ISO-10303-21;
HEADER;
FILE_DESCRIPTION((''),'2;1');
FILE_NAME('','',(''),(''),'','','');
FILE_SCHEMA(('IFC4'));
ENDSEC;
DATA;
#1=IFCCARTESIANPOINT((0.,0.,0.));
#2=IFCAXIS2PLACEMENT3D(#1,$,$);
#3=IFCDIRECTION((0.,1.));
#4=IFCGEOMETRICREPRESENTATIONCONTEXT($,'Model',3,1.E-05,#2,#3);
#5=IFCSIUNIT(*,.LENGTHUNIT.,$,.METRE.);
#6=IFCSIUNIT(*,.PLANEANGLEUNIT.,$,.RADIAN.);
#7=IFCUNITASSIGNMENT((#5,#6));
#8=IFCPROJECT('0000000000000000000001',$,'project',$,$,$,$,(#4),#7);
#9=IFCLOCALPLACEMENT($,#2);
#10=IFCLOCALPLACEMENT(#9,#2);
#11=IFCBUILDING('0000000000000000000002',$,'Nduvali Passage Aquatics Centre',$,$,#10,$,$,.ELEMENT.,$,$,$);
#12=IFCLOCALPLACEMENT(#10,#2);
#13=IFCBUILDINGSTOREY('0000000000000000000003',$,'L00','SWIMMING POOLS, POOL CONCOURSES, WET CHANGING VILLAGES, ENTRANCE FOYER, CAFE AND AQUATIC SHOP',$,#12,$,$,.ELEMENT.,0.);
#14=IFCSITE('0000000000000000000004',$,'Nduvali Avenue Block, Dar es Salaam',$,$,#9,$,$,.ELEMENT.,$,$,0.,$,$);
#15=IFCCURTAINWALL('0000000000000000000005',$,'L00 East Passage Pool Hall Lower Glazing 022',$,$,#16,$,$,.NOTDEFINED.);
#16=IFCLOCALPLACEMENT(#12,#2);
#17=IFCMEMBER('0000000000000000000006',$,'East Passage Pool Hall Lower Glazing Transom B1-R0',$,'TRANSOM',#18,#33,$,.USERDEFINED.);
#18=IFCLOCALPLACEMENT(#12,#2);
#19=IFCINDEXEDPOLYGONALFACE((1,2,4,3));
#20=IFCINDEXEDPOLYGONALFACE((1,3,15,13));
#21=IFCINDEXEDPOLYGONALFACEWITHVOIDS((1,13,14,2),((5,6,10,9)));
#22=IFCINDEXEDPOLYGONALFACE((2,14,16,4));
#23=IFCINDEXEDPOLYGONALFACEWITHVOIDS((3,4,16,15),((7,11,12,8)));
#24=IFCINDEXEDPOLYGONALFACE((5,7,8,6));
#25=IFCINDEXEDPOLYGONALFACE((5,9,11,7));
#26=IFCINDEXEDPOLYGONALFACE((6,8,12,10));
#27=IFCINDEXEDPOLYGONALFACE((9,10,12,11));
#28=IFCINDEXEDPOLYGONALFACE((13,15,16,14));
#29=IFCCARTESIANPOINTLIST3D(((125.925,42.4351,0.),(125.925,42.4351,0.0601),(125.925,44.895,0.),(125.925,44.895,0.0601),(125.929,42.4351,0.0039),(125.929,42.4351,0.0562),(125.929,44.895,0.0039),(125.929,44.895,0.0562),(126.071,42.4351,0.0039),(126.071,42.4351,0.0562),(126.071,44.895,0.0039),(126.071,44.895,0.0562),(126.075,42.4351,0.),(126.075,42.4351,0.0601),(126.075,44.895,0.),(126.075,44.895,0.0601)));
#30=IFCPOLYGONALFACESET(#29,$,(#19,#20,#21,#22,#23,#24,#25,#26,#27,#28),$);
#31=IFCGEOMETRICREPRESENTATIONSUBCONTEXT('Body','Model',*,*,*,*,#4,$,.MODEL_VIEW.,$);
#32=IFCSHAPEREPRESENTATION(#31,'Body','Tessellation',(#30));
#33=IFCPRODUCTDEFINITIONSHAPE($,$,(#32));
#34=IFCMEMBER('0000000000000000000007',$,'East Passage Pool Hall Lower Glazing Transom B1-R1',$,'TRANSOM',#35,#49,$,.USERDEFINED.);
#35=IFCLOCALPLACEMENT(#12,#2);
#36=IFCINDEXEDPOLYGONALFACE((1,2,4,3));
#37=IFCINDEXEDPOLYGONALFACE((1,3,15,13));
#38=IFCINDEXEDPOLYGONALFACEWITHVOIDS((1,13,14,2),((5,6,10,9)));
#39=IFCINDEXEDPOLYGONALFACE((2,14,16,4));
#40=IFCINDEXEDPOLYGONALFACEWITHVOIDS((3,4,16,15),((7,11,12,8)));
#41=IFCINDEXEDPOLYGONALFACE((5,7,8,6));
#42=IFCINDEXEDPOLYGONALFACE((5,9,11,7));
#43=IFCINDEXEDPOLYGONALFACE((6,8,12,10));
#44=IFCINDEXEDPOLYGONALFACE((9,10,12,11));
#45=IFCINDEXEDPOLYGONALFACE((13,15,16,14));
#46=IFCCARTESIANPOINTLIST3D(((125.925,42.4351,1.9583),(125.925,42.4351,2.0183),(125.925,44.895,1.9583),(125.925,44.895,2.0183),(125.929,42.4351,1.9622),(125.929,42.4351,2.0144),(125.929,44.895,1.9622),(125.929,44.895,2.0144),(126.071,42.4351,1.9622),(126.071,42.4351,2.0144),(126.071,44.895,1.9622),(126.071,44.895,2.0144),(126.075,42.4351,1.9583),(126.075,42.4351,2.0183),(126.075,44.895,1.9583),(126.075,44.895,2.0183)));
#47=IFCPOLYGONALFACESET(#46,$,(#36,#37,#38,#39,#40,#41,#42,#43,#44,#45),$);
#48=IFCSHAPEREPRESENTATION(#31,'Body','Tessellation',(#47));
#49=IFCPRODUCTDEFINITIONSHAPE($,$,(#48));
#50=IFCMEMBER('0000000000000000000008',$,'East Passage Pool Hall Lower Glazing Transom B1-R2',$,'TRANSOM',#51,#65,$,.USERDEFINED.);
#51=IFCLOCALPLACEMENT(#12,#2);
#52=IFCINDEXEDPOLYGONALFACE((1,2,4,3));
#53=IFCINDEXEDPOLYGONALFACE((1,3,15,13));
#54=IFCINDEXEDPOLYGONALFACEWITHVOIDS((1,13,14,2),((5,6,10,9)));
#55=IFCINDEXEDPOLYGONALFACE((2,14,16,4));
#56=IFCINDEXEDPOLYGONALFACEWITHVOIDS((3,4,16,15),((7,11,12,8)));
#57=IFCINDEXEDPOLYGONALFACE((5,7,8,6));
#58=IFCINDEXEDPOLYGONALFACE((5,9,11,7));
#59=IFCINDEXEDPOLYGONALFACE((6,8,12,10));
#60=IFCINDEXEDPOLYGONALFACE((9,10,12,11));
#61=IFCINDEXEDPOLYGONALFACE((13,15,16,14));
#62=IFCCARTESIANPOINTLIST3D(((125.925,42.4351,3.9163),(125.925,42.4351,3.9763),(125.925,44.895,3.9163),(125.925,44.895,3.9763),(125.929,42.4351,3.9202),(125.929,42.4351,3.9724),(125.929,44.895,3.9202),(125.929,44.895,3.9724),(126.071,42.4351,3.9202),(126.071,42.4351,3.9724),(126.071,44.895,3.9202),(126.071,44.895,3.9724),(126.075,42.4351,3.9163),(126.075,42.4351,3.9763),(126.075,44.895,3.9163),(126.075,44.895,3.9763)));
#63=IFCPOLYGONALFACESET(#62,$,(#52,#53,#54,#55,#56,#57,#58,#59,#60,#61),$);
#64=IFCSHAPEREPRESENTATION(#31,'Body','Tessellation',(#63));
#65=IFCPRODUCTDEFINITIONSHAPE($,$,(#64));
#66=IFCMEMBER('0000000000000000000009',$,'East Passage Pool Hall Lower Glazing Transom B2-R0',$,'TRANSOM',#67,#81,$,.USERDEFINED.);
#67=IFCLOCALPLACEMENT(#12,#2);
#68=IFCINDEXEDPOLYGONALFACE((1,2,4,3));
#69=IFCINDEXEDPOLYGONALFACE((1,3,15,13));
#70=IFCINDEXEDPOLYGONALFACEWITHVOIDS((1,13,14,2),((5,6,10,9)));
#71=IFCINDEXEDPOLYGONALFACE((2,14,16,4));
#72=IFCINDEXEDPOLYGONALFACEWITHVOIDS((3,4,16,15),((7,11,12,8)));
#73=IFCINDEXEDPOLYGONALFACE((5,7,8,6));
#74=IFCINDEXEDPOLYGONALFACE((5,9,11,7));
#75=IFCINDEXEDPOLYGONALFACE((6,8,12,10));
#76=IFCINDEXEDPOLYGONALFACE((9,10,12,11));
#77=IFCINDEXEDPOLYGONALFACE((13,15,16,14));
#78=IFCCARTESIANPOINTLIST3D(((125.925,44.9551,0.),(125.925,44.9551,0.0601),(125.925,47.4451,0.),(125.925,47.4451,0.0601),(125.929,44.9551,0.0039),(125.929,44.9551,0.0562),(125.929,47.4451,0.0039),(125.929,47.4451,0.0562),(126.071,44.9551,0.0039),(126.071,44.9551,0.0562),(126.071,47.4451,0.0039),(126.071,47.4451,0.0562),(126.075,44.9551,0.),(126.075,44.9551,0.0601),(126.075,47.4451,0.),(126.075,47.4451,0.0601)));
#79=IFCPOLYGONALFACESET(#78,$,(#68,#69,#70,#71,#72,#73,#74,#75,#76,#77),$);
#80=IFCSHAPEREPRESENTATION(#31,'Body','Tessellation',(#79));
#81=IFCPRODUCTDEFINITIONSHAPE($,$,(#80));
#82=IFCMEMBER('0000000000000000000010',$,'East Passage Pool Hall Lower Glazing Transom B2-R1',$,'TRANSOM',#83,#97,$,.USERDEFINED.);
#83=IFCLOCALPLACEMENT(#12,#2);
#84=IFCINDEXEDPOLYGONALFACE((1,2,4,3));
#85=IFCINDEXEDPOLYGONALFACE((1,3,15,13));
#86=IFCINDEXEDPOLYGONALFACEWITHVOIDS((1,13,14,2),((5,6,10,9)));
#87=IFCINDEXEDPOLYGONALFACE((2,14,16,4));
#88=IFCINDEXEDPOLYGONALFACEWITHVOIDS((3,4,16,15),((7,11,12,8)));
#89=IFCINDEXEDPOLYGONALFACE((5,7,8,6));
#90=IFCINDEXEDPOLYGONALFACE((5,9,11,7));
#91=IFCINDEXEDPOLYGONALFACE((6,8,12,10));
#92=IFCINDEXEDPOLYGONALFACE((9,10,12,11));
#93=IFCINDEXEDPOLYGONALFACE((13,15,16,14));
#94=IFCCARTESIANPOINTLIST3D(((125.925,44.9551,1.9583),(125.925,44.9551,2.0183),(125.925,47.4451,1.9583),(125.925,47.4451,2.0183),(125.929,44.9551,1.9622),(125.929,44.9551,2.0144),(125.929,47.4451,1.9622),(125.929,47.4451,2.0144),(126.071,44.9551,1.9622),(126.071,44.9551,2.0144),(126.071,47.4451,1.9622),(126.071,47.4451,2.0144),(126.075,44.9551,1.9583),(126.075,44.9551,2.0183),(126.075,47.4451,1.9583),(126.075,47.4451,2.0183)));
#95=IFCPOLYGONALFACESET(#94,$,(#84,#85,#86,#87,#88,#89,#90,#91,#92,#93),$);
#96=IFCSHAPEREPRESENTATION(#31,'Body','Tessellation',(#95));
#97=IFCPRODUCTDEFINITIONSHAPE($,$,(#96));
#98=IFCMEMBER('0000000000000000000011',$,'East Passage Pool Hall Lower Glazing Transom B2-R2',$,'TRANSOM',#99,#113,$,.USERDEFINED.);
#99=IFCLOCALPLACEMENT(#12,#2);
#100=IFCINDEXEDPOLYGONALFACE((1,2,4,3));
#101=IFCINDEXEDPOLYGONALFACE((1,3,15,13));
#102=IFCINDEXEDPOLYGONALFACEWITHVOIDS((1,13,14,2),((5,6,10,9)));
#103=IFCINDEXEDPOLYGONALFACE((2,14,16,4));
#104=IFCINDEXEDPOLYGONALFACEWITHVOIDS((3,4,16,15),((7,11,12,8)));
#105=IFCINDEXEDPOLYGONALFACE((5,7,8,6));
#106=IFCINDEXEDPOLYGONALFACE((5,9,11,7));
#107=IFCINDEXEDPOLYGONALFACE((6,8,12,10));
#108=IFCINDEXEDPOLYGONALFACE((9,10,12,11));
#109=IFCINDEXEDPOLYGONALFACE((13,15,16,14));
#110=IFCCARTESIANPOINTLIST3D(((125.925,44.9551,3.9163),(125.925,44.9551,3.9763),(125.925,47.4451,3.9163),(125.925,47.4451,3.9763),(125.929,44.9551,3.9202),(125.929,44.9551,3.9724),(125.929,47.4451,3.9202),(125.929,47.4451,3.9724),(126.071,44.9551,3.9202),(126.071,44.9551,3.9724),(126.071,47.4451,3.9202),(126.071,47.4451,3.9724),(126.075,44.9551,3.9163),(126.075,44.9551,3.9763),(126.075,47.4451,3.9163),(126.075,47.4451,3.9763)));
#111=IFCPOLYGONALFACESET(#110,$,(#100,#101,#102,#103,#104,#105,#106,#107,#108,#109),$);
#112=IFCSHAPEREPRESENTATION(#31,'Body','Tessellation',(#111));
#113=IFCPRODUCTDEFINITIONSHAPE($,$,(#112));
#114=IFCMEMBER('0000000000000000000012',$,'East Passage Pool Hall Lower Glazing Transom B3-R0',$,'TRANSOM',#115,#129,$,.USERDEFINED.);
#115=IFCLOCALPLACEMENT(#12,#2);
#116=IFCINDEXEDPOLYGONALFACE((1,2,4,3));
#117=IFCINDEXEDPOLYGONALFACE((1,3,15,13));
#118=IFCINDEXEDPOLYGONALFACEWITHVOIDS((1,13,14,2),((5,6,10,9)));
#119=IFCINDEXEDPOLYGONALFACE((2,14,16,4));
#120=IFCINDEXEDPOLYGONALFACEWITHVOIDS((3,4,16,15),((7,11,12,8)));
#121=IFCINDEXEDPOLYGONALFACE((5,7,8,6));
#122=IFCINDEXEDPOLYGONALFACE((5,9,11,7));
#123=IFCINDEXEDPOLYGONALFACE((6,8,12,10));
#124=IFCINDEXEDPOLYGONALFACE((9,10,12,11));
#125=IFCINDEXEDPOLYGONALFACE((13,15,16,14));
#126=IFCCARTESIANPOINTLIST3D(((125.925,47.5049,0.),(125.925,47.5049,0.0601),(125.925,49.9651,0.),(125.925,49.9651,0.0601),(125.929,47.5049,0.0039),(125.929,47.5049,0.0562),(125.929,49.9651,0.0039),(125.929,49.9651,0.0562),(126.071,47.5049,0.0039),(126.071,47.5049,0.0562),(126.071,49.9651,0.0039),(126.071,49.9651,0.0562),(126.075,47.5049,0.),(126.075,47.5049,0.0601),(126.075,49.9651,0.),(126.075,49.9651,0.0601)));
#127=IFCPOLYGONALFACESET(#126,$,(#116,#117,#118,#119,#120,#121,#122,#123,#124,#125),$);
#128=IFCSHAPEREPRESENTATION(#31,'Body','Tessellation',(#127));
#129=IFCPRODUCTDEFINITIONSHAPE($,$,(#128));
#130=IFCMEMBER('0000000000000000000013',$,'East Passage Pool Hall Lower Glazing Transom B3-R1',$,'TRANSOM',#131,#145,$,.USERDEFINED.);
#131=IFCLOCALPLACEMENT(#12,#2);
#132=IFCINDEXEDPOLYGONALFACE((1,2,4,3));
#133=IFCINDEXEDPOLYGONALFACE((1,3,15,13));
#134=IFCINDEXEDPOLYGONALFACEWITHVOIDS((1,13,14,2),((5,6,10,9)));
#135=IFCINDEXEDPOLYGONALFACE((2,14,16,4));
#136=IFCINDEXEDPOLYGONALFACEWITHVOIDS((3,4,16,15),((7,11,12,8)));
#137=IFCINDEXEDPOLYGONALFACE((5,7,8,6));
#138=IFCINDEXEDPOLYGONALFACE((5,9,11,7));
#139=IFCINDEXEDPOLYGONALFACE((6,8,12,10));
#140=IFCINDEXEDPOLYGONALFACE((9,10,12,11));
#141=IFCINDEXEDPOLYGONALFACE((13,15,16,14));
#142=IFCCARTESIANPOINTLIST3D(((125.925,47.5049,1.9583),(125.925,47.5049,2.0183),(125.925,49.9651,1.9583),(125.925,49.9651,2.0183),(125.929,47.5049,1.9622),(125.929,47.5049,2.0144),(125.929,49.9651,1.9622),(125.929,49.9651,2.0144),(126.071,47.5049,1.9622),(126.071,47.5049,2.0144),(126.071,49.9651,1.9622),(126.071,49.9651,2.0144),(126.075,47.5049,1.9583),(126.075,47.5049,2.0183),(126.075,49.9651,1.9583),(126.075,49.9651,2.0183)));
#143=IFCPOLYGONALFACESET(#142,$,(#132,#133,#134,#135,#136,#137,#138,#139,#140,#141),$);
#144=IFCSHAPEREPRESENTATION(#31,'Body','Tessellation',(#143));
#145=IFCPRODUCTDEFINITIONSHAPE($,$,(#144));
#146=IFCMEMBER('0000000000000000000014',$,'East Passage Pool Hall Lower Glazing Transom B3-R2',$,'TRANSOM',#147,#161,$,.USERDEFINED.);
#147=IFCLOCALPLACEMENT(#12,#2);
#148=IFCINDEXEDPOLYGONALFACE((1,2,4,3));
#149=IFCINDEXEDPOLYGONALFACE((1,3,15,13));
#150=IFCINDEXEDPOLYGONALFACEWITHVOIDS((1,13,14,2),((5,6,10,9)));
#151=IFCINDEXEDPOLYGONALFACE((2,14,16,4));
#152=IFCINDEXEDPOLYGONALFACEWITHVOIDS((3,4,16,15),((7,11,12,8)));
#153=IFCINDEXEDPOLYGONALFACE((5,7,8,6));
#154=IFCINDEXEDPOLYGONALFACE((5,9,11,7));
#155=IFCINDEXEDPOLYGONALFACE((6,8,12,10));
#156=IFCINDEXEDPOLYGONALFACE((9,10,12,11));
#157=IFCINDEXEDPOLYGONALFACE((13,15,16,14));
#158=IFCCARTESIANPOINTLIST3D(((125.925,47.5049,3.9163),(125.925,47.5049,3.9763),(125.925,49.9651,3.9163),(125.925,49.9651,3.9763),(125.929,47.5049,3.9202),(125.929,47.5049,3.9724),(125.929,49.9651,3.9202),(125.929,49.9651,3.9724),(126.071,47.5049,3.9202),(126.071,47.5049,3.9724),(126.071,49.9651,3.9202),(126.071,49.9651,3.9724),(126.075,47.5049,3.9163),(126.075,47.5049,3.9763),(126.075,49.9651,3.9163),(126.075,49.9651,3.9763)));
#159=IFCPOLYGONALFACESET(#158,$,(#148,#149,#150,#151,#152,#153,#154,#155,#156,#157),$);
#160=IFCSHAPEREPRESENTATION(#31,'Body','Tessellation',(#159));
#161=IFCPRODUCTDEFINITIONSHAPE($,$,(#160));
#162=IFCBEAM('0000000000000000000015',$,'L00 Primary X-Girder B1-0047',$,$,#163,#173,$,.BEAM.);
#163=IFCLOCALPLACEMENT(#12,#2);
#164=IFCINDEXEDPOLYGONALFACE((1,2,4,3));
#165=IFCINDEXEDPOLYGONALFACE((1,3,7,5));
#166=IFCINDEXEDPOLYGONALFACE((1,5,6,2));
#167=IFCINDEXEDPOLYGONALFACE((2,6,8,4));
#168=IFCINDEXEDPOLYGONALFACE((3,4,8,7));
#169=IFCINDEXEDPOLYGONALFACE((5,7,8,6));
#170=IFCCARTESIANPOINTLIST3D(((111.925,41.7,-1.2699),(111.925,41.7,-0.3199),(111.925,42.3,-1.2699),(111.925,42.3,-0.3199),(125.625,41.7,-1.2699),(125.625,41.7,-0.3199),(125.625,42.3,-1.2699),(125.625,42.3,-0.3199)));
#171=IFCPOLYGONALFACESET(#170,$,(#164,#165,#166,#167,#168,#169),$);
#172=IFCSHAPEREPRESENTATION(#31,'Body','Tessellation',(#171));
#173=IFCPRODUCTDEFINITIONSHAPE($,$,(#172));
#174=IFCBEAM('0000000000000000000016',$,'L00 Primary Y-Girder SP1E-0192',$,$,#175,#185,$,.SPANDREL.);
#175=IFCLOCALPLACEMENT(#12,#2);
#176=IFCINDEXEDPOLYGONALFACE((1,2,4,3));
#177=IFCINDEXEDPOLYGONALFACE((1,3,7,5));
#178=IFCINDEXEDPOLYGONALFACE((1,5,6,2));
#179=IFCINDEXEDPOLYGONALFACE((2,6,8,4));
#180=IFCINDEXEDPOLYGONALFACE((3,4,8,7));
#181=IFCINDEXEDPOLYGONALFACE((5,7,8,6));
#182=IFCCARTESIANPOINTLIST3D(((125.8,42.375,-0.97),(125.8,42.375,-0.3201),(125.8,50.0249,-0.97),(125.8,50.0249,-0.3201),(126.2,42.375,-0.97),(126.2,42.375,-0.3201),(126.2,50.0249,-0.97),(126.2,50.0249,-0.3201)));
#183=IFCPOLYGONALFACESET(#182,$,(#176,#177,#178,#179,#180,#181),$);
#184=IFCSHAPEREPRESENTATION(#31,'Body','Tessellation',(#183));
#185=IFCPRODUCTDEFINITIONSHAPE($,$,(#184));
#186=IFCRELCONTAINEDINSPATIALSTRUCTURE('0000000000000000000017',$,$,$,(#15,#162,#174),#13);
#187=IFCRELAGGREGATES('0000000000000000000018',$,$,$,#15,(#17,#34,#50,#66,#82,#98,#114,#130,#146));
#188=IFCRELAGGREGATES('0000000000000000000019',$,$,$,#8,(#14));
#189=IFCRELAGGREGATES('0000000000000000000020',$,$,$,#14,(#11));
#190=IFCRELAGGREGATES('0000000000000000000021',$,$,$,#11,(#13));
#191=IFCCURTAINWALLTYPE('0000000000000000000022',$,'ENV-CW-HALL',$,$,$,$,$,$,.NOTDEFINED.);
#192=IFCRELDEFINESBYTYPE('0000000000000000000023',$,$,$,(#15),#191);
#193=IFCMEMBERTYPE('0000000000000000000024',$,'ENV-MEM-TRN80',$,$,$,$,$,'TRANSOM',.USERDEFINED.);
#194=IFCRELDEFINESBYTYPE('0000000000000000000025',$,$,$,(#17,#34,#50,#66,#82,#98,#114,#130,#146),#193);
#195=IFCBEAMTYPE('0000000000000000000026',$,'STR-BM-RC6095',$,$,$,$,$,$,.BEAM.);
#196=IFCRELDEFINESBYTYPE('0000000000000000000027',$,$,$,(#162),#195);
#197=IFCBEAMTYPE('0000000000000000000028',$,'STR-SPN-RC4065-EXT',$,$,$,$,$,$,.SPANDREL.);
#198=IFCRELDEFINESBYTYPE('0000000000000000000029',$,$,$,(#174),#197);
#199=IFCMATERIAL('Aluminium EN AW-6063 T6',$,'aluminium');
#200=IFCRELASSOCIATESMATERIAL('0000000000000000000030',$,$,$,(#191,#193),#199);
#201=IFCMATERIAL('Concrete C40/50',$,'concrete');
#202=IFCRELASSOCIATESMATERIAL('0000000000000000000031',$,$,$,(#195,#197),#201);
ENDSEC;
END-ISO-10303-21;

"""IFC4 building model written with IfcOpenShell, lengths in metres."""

from ifc_helpers import new_model, si_unit, direction, frame, origin, origin_2d, place, context, subcontext, project, spatial, rectangle, hollow_rectangle, extrude, material, material_profile, profile_set, type_object, element, aggregate, save


model = new_model("IFC4")

# Units and contexts
model_context = context("Model", 3, precision=1e-05, world=origin(), true_north=direction((0.0, 1.0)))
body_context = subcontext(model_context, "Body", "Model", "MODEL_VIEW")
ifc_project = project(units=[si_unit("LENGTHUNIT", "METRE"), si_unit("PLANEANGLEUNIT", "RADIAN")], contexts=[model_context])

# Site, building, storey
site_placement = place(None, origin())
site = spatial("IfcSite", under=ifc_project, at=site_placement, Name="Nduvali Avenue Block, Dar es Salaam", CompositionType="ELEMENT", RefElevation=0.0)
building_placement = place(site_placement, origin())
building = spatial("IfcBuilding", under=site, at=building_placement, Name="Nduvali Passage Aquatics Centre", CompositionType="ELEMENT")
storey_placement = place(building_placement, origin())
storey = spatial("IfcBuildingStorey", under=building, at=storey_placement, Name="L00", Description="SWIMMING POOLS, POOL CONCOURSES, WET CHANGING VILLAGES, ENTRANCE FOYER, CAFE AND AQUATIC SHOP", CompositionType="ELEMENT", Elevation=0.0)

# Shared definitions
ifc_material_1 = material(Name="Concrete C40/50", Category="concrete")

# Curtain wall
ifc_material_2 = material(Name="Aluminium EN AW-6063 T6", Category="aluminium")
curtain_wall_type = type_object("IfcCurtainWallType", Name="ENV-CW-HALL", PredefinedType="NOTDEFINED", material=ifc_material_2)
curtain_wall_1_placement = place(storey_placement, origin())
curtain_wall_1 = element("IfcCurtainWall", 1, at=curtain_wall_1_placement, inside=storey, type_object=curtain_wall_type, Name="L00 East Passage Pool Hall Lower Glazing 022", PredefinedType="NOTDEFINED")

# Members
ifc_material_profile_1 = material_profile(ifc_material_2, hollow_rectangle(XDim=0.1499, YDim=0.0601, WallThickness=0.0039, at=origin_2d()), Name="ALU TRANSOM 150x60x4")
ifc_profile_set_1 = profile_set([ifc_material_profile_1], Name="Aluminium EN AW-6063 T6")
member_type_1 = type_object("IfcMemberType", Name="ENV-MEM-TRN80", ElementType="TRANSOM", PredefinedType="USERDEFINED", material=ifc_profile_set_1)
member_1_placement = place(storey_placement, frame((126.0, 42.4351, 0.03), z_axis=(0.0, 1.0, 0.0), x_axis=(-1.0, 0.0, 0.0)))
member_1 = element("IfcMember", 2, at=member_1_placement, type_object=member_type_1, Name="East Passage Pool Hall Lower Glazing Transom B1-R0", ObjectType="TRANSOM", PredefinedType="USERDEFINED", context=body_context, shape_type="SweptSolid", body=[
    extrude(hollow_rectangle(XDim=0.1499, YDim=0.0601, WallThickness=0.0039, at=origin_2d()), origin(), (0.0, 0.0, 1.0), 2.46),
])
member_2_placement = place(storey_placement, frame((126.0, 42.4351, 1.9883), z_axis=(0.0, 1.0, 0.0), x_axis=(-1.0, 0.0, 0.0)))
member_2 = element("IfcMember", 3, at=member_2_placement, type_object=member_type_1, Name="East Passage Pool Hall Lower Glazing Transom B1-R1", ObjectType="TRANSOM", PredefinedType="USERDEFINED", context=body_context, shape_type="SweptSolid", body=[
    extrude(hollow_rectangle(XDim=0.1499, YDim=0.0601, WallThickness=0.0039, at=origin_2d()), origin(), (0.0, 0.0, 1.0), 2.46),
])
member_3_placement = place(storey_placement, frame((126.0, 42.4351, 3.9463), z_axis=(0.0, 1.0, 0.0), x_axis=(-1.0, 0.0, 0.0)))
member_3 = element("IfcMember", 4, at=member_3_placement, type_object=member_type_1, Name="East Passage Pool Hall Lower Glazing Transom B1-R2", ObjectType="TRANSOM", PredefinedType="USERDEFINED", context=body_context, shape_type="SweptSolid", body=[
    extrude(hollow_rectangle(XDim=0.1499, YDim=0.0601, WallThickness=0.0039, at=origin_2d()), origin(), (0.0, 0.0, 1.0), 2.46),
])
member_4_placement = place(storey_placement, frame((126.0, 44.9551, 0.03), z_axis=(0.0, 1.0, 0.0), x_axis=(-1.0, 0.0, 0.0)))
member_4 = element("IfcMember", 5, at=member_4_placement, type_object=member_type_1, Name="East Passage Pool Hall Lower Glazing Transom B2-R0", ObjectType="TRANSOM", PredefinedType="USERDEFINED", context=body_context, shape_type="SweptSolid", body=[
    extrude(hollow_rectangle(XDim=0.1499, YDim=0.0601, WallThickness=0.0039, at=origin_2d()), origin(), (0.0, 0.0, 1.0), 2.49),
])
member_5_placement = place(storey_placement, frame((126.0, 44.9551, 1.9883), z_axis=(0.0, 1.0, 0.0), x_axis=(-1.0, 0.0, 0.0)))
member_5 = element("IfcMember", 6, at=member_5_placement, type_object=member_type_1, Name="East Passage Pool Hall Lower Glazing Transom B2-R1", ObjectType="TRANSOM", PredefinedType="USERDEFINED", context=body_context, shape_type="SweptSolid", body=[
    extrude(hollow_rectangle(XDim=0.1499, YDim=0.0601, WallThickness=0.0039, at=origin_2d()), origin(), (0.0, 0.0, 1.0), 2.49),
])
member_6_placement = place(storey_placement, frame((126.0, 44.9551, 3.9463), z_axis=(0.0, 1.0, 0.0), x_axis=(-1.0, 0.0, 0.0)))
member_6 = element("IfcMember", 7, at=member_6_placement, type_object=member_type_1, Name="East Passage Pool Hall Lower Glazing Transom B2-R2", ObjectType="TRANSOM", PredefinedType="USERDEFINED", context=body_context, shape_type="SweptSolid", body=[
    extrude(hollow_rectangle(XDim=0.1499, YDim=0.0601, WallThickness=0.0039, at=origin_2d()), origin(), (0.0, 0.0, 1.0), 2.49),
])
member_7_placement = place(storey_placement, frame((126.0, 47.5049, 0.03), z_axis=(0.0, 1.0, 0.0), x_axis=(-1.0, 0.0, 0.0)))
member_7 = element("IfcMember", 8, at=member_7_placement, type_object=member_type_1, Name="East Passage Pool Hall Lower Glazing Transom B3-R0", ObjectType="TRANSOM", PredefinedType="USERDEFINED", context=body_context, shape_type="SweptSolid", body=[
    extrude(hollow_rectangle(XDim=0.1499, YDim=0.0601, WallThickness=0.0039, at=origin_2d()), origin(), (0.0, 0.0, 1.0), 2.4602),
])
member_8_placement = place(storey_placement, frame((126.0, 47.5049, 1.9883), z_axis=(0.0, 1.0, 0.0), x_axis=(-1.0, 0.0, 0.0)))
member_8 = element("IfcMember", 9, at=member_8_placement, type_object=member_type_1, Name="East Passage Pool Hall Lower Glazing Transom B3-R1", ObjectType="TRANSOM", PredefinedType="USERDEFINED", context=body_context, shape_type="SweptSolid", body=[
    extrude(hollow_rectangle(XDim=0.1499, YDim=0.0601, WallThickness=0.0039, at=origin_2d()), origin(), (0.0, 0.0, 1.0), 2.4602),
])
member_9_placement = place(storey_placement, frame((126.0, 47.5049, 3.9463), z_axis=(0.0, 1.0, 0.0), x_axis=(-1.0, 0.0, 0.0)))
member_9 = element("IfcMember", 10, at=member_9_placement, type_object=member_type_1, Name="East Passage Pool Hall Lower Glazing Transom B3-R2", ObjectType="TRANSOM", PredefinedType="USERDEFINED", context=body_context, shape_type="SweptSolid", body=[
    extrude(hollow_rectangle(XDim=0.1499, YDim=0.0601, WallThickness=0.0039, at=origin_2d()), origin(), (0.0, 0.0, 1.0), 2.4602),
])

# Beams
ifc_material_profile_2 = material_profile(ifc_material_1, rectangle(XDim=0.6001, YDim=0.95, at=origin_2d()), Name="RC 600x950")
ifc_profile_set_2 = profile_set([ifc_material_profile_2], Name="Concrete C40/50")
beam_type_1 = type_object("IfcBeamType", Name="STR-BM-RC6095", PredefinedType="BEAM", material=ifc_profile_set_2)
beam_1_placement = place(storey_placement, frame((111.925, 42.0, -0.7949), z_axis=(1.0, 0.0, 0.0), x_axis=(0.0, 1.0, 0.0)))
element("IfcBeam", 11, at=beam_1_placement, inside=storey, type_object=beam_type_1, Name="L00 Primary X-Girder B1-0047", PredefinedType="BEAM", context=body_context, shape_type="SweptSolid", body=[
    extrude(rectangle(XDim=0.6001, YDim=0.95, at=origin_2d()), origin(), (0.0, 0.0, 1.0), 13.7),
])
ifc_material_profile_3 = material_profile(ifc_material_1, rectangle(XDim=0.3999, YDim=0.6499, at=origin_2d()), Name="RC 400x650")
ifc_profile_set_3 = profile_set([ifc_material_profile_3], Name="Concrete C40/50")
beam_type_2 = type_object("IfcBeamType", Name="STR-SPN-RC4065-EXT", PredefinedType="SPANDREL", material=ifc_profile_set_3)
beam_2_placement = place(storey_placement, frame((126.0, 42.375, -0.645), z_axis=(0.0, 1.0, 0.0), x_axis=(-1.0, 0.0, 0.0)))
element("IfcBeam", 12, at=beam_2_placement, inside=storey, type_object=beam_type_2, Name="L00 Primary Y-Girder SP1E-0192", PredefinedType="SPANDREL", context=body_context, shape_type="SweptSolid", body=[
    extrude(rectangle(XDim=0.3999, YDim=0.6499, at=origin_2d()), origin(), (0.0, 0.0, 1.0), 7.6499),
])

aggregate(curtain_wall_1, [member_1, member_2, member_3, member_4, member_5, member_6, member_7, member_8, member_9])

save(model, "model.ifc")
